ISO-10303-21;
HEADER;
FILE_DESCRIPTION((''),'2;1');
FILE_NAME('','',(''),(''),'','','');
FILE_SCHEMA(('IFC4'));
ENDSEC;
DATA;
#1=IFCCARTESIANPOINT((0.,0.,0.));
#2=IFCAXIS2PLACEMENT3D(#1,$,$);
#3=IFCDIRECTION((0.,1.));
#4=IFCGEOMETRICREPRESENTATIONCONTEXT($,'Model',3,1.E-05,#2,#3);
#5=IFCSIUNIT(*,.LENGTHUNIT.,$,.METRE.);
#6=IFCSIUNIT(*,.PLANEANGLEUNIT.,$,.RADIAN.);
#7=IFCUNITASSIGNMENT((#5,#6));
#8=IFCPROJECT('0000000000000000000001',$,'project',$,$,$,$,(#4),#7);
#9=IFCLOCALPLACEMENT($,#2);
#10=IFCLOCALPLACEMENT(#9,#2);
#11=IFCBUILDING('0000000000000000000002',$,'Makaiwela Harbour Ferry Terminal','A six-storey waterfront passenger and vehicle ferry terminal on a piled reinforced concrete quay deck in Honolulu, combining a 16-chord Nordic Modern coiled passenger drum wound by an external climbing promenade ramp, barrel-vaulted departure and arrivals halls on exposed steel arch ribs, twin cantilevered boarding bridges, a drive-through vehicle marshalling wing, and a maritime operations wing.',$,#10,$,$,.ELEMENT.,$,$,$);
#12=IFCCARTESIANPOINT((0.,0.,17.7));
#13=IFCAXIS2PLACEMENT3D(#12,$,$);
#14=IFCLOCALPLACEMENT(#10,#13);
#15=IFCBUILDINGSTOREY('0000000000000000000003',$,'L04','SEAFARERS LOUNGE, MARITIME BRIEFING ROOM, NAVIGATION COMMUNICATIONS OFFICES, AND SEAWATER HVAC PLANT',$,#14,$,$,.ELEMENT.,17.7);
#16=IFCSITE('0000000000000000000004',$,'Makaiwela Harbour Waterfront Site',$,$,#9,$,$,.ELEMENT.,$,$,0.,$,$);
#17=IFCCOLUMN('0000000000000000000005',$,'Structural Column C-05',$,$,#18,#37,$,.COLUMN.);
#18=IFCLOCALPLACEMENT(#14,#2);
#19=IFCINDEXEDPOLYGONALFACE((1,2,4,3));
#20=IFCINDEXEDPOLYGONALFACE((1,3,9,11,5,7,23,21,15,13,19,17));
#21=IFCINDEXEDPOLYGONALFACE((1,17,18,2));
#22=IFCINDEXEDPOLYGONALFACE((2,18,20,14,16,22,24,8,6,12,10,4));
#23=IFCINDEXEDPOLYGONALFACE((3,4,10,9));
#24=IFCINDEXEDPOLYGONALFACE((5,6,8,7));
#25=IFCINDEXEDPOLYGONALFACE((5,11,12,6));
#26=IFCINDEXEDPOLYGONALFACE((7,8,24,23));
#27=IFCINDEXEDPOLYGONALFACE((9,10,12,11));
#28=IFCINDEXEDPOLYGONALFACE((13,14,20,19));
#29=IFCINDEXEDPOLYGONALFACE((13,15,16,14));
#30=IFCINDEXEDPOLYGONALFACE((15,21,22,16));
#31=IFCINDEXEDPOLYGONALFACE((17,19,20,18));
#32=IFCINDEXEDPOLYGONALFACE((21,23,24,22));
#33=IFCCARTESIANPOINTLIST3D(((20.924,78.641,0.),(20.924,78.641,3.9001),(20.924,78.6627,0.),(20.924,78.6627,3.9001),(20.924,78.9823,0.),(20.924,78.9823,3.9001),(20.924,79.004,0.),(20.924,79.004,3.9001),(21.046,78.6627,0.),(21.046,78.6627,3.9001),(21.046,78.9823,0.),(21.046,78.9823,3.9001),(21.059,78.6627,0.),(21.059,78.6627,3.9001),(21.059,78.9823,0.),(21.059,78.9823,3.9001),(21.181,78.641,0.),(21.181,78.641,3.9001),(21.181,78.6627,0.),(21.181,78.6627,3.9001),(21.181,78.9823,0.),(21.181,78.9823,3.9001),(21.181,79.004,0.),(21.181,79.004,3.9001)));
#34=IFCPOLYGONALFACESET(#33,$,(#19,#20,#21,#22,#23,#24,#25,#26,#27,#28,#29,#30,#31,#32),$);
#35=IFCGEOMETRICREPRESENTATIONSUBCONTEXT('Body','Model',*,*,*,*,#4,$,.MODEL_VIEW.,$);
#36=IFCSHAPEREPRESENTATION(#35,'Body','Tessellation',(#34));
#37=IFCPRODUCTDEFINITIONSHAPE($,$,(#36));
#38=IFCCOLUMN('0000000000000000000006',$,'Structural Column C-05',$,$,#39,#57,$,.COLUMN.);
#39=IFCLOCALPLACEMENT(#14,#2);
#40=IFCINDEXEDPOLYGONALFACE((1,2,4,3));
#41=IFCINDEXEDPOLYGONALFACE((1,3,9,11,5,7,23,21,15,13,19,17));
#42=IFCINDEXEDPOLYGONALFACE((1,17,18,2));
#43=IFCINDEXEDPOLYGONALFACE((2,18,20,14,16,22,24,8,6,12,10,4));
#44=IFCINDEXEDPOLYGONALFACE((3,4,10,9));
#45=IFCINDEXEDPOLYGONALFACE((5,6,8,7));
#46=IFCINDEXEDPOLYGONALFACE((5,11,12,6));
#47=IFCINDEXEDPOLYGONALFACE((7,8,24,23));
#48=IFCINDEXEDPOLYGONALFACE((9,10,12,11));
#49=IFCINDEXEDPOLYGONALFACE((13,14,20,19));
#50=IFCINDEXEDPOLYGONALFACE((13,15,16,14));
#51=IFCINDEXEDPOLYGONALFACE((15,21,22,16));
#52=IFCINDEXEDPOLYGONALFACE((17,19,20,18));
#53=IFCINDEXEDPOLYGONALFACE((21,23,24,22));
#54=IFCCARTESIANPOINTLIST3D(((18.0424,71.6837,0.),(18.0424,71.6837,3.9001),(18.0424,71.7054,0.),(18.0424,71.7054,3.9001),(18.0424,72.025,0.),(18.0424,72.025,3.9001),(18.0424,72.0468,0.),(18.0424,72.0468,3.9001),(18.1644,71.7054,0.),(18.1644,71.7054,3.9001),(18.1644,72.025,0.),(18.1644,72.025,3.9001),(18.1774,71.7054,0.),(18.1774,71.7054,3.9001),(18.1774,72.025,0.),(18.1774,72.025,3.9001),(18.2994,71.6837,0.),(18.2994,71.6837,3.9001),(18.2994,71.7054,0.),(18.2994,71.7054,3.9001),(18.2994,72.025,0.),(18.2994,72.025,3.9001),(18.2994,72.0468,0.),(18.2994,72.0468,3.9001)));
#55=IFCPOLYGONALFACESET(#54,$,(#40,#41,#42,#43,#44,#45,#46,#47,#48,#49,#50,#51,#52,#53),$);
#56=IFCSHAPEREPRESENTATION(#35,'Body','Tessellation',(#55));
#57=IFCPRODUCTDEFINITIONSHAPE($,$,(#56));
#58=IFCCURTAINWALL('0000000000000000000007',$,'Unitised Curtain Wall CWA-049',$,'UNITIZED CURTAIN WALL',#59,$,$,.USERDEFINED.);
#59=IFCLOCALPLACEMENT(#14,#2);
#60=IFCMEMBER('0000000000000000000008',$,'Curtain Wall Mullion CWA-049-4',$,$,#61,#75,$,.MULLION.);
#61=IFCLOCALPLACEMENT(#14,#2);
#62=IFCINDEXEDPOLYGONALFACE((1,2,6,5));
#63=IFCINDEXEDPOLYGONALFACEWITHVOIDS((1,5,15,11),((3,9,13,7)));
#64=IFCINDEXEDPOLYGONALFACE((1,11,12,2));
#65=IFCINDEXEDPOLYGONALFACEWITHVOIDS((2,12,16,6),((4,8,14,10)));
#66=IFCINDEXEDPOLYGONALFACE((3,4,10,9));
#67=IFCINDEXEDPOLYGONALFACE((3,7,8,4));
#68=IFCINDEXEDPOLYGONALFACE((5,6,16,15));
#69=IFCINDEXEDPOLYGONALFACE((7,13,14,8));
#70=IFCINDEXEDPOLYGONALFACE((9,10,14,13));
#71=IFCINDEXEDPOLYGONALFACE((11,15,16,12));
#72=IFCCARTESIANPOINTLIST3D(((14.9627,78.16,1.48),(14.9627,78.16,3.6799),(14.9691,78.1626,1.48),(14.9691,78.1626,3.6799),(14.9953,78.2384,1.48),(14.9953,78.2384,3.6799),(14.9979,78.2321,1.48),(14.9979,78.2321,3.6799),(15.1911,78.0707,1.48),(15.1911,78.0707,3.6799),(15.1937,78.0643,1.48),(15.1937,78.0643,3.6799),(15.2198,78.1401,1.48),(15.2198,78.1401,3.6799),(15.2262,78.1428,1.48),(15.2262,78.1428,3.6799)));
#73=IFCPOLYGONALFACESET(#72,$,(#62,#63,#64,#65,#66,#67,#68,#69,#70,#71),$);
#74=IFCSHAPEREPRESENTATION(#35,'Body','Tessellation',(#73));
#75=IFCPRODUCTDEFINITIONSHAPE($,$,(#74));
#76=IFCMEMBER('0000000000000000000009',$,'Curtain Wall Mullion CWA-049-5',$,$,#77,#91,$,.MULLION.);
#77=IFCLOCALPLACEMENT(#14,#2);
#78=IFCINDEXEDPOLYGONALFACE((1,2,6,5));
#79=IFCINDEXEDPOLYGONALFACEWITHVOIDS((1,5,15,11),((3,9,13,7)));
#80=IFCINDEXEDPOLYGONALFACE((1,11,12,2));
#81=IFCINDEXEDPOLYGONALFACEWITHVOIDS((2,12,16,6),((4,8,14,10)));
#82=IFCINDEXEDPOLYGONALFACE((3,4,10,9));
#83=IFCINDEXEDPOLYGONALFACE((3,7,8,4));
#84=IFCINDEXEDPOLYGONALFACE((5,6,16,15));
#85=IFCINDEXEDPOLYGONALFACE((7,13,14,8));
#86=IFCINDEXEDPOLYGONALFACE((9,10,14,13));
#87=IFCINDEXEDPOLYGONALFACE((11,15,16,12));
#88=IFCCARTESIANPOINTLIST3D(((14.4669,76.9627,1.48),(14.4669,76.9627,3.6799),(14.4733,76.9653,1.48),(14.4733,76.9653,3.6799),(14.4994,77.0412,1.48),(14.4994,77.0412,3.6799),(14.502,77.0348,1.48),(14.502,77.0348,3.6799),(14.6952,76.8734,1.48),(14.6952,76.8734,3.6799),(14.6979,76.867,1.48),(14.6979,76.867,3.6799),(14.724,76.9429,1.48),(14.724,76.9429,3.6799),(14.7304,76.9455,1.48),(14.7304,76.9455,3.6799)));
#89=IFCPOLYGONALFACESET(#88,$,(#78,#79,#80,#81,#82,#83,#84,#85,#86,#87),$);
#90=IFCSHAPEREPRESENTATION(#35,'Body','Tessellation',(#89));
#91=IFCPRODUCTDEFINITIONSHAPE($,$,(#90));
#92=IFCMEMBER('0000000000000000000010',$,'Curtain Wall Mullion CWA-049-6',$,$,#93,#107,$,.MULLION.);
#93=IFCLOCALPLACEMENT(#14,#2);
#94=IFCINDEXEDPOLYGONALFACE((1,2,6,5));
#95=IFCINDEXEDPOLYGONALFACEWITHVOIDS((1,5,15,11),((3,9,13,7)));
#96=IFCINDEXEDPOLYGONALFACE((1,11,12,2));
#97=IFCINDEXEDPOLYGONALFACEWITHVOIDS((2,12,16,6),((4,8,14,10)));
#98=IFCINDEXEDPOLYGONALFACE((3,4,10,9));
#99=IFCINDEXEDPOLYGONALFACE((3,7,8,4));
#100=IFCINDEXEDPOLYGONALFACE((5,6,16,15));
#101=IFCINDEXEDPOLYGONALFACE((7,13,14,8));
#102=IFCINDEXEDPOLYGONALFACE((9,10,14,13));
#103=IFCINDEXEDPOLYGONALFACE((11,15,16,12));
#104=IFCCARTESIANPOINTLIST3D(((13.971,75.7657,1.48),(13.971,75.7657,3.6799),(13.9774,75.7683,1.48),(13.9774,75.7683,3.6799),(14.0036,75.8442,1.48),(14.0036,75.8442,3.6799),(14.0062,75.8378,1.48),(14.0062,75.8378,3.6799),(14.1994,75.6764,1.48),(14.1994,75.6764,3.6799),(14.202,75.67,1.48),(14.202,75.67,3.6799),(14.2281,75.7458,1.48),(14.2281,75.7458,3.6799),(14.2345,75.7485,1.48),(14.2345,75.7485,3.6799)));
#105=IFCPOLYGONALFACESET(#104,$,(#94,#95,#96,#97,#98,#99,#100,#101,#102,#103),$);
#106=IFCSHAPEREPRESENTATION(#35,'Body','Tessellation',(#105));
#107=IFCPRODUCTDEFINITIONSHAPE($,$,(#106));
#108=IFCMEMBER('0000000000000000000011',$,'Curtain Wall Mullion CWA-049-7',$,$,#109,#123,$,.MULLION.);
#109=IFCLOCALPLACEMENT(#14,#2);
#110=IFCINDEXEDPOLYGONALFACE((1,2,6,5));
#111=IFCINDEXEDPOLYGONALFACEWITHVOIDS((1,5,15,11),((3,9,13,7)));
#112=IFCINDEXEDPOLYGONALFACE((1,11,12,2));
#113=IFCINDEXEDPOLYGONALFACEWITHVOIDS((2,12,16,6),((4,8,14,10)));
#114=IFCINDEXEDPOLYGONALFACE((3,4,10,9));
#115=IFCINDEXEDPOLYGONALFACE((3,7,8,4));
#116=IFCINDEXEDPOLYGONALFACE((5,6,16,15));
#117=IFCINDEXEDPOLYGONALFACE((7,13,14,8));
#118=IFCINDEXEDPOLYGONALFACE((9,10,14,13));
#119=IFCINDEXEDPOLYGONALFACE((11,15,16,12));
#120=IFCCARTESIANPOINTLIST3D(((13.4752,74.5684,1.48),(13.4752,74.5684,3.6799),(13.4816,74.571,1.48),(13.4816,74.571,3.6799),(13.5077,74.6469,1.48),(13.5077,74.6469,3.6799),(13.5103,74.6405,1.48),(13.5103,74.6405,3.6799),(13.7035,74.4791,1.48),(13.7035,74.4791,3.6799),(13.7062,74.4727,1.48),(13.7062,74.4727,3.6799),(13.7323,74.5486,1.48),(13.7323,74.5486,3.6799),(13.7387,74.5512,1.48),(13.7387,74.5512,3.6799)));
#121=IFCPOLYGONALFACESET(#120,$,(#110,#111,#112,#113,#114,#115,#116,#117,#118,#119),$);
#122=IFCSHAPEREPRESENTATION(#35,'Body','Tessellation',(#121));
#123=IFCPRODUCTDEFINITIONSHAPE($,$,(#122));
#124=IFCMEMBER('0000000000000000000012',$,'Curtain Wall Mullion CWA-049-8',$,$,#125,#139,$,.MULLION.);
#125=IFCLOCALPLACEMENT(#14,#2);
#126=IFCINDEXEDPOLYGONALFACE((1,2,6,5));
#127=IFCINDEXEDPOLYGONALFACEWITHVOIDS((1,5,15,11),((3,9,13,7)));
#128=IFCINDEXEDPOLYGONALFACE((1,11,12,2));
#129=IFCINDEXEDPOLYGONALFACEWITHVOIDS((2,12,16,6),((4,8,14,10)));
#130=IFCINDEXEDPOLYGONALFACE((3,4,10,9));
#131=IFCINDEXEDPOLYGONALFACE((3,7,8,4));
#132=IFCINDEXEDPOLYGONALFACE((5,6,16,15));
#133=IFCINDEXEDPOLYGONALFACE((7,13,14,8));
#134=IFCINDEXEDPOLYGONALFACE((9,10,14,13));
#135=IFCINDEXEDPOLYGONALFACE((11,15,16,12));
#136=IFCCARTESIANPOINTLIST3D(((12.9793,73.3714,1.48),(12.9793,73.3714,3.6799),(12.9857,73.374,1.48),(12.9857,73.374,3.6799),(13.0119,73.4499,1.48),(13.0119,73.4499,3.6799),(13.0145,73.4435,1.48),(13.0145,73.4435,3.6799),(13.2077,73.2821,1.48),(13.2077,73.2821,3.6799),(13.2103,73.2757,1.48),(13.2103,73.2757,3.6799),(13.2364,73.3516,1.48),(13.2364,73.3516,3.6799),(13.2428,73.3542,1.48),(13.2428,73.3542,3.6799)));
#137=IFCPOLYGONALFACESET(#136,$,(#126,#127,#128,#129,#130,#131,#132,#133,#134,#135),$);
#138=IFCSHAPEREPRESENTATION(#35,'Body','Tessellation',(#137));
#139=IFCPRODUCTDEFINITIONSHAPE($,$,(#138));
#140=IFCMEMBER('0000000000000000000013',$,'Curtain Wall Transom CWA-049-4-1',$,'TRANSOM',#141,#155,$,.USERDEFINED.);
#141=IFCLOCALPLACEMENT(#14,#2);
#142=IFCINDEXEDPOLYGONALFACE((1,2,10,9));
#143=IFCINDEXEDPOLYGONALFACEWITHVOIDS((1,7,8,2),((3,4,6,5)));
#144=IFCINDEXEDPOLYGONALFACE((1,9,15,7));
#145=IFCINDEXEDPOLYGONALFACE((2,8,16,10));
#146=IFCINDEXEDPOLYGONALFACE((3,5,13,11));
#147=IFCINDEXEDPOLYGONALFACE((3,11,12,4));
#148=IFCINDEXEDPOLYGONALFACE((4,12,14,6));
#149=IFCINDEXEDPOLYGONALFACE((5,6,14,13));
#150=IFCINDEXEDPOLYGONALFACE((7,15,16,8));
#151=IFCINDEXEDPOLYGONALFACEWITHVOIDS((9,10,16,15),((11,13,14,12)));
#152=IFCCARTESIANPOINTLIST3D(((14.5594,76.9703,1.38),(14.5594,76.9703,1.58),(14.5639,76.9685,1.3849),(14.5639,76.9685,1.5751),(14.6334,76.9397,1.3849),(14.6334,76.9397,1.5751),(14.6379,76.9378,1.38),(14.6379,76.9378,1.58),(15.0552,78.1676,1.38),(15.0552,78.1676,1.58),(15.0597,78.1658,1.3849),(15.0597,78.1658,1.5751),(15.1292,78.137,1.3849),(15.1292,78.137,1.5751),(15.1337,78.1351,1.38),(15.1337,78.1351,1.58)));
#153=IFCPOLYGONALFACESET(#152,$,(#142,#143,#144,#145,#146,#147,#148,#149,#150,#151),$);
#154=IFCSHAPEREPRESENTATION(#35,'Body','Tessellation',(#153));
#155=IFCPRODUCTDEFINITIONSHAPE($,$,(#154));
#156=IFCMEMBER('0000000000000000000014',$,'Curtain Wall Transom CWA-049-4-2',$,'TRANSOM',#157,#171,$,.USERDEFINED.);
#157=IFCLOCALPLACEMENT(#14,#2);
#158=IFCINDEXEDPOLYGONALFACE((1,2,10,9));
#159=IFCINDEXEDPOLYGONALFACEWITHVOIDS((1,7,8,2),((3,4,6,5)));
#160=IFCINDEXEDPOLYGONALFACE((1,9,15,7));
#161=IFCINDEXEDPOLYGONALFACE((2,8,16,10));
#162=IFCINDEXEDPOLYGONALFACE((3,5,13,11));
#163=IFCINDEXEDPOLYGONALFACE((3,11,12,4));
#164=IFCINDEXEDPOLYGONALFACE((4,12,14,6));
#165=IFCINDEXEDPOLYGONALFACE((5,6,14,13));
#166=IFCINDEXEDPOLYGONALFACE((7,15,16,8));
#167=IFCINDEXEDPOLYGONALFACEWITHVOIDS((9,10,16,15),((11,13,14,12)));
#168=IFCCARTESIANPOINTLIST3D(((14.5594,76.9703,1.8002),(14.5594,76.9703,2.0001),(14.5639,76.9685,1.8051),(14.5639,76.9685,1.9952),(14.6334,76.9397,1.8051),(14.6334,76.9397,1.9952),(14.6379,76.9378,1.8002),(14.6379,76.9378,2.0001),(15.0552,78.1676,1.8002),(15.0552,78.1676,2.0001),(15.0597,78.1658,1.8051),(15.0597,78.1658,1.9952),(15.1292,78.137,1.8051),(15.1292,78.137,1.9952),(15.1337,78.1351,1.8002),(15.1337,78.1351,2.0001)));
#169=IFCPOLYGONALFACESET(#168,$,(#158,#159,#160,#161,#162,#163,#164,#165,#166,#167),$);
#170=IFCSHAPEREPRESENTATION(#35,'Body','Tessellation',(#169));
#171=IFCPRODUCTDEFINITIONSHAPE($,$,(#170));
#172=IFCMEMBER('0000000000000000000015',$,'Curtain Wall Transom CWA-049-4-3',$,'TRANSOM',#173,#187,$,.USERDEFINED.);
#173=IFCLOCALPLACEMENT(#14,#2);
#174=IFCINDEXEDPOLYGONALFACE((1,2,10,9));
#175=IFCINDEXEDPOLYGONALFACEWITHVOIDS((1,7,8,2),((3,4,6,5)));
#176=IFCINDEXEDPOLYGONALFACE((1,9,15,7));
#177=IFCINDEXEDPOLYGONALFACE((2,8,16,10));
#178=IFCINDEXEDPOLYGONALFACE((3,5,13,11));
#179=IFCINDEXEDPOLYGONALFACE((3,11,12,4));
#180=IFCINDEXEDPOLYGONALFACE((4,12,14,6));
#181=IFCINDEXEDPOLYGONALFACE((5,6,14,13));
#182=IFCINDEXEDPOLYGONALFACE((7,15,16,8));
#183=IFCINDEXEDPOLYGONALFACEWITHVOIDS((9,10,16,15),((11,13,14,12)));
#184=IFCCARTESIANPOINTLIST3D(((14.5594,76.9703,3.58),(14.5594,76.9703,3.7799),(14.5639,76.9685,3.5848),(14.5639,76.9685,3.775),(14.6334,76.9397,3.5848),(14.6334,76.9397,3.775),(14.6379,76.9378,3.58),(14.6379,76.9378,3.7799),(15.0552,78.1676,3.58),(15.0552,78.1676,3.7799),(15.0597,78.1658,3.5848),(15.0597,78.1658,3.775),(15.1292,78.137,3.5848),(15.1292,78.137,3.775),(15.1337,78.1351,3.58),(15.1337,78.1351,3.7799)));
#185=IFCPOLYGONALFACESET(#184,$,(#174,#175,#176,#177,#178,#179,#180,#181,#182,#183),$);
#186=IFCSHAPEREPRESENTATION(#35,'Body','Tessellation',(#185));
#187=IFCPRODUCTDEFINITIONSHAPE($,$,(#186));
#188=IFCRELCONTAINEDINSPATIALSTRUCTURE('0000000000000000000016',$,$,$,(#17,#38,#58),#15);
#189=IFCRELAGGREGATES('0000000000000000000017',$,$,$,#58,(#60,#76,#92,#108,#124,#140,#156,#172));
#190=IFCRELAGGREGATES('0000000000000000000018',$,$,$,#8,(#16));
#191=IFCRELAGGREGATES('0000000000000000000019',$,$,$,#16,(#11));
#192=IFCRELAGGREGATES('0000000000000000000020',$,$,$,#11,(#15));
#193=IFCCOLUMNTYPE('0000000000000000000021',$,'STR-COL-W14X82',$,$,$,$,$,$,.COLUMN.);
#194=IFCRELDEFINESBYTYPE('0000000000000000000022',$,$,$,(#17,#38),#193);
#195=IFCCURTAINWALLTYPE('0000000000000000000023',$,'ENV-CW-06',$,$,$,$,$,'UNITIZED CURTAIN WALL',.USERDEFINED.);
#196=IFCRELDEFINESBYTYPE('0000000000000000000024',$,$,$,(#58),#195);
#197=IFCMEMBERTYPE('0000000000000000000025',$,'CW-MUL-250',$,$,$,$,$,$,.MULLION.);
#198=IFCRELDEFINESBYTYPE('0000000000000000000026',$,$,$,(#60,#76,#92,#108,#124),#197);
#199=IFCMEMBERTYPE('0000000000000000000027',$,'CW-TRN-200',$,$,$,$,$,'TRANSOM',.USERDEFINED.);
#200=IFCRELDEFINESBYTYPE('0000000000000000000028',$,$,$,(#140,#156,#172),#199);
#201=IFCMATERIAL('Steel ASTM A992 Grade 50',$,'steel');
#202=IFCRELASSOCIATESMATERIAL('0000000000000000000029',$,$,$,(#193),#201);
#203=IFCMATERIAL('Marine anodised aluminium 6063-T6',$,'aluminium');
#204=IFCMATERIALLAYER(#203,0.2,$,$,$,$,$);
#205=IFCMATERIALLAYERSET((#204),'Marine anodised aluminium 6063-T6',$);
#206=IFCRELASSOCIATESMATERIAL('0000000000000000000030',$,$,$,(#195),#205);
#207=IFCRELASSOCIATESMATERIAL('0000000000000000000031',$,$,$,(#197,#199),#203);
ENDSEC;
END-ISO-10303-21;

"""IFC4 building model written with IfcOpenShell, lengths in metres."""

from ifc_helpers import new_model, si_unit, direction, frame, origin, origin_2d, place, context, subcontext, project, spatial, hollow_rectangle, i_section, extrude, material, layer, layer_set, material_profile, profile_set, type_object, element, aggregate, save


model = new_model("IFC4")

# Units and contexts
model_context = context("Model", 3, precision=1e-05, world=origin(), true_north=direction((0.0, 1.0)))
body_context = subcontext(model_context, "Body", "Model", "MODEL_VIEW")
ifc_project = project(units=[si_unit("LENGTHUNIT", "METRE"), si_unit("PLANEANGLEUNIT", "RADIAN")], contexts=[model_context])

# Site, building, storey
site_placement = place(None, origin())
site = spatial("IfcSite", under=ifc_project, at=site_placement, Name="Makaiwela Harbour Waterfront Site", CompositionType="ELEMENT", RefElevation=0.0)
building_placement = place(site_placement, origin())
building = spatial("IfcBuilding", under=site, at=building_placement, Name="Makaiwela Harbour Ferry Terminal", Description="A six-storey waterfront passenger and vehicle ferry terminal on a piled reinforced concrete quay deck in Honolulu, combining a 16-chord Nordic Modern coiled passenger drum wound by an external climbing promenade ramp, barrel-vaulted departure and arrivals halls on exposed steel arch ribs, twin cantilevered boarding bridges, a drive-through vehicle marshalling wing, and a maritime operations wing.", CompositionType="ELEMENT")
storey_placement = place(building_placement, frame((0.0, 0.0, 17.7)))
storey = spatial("IfcBuildingStorey", under=building, at=storey_placement, Name="L04", Description="SEAFARERS LOUNGE, MARITIME BRIEFING ROOM, NAVIGATION COMMUNICATIONS OFFICES, AND SEAWATER HVAC PLANT", CompositionType="ELEMENT", Elevation=17.7)

# Columns
ifc_material_1 = material(Name="Steel ASTM A992 Grade 50", Category="steel")
ifc_material_profile_1 = material_profile(ifc_material_1, i_section(OverallWidth=0.2571, OverallDepth=0.363, WebThickness=0.0129, FlangeThickness=0.0217, at=origin_2d()), Name="W14X82")
ifc_profile_set_1 = profile_set([ifc_material_profile_1], Name="Steel ASTM A992 Grade 50")
column_type = type_object("IfcColumnType", Name="STR-COL-W14X82", PredefinedType="COLUMN", material=ifc_profile_set_1)
for number, where, z_axis, x_axis, name in (
    (1, (21.0525, 78.8225, 0.0), (0.0, 0.0, 1.0), (1.0, 0.0, 0.0), "Structural Column C-05"),
    (2, (18.1709, 71.8652, 0.0), (0.0, 0.0, 1.0), (1.0, 0.0, 0.0), "Structural Column C-05"),
):
    element("IfcColumn", number, at=place(storey_placement, frame(where, z_axis=z_axis, x_axis=x_axis)), inside=storey, type_object=column_type, Name=name, PredefinedType="COLUMN", context=body_context, shape_type="SweptSolid", body=[
        extrude(i_section(OverallWidth=0.2571, OverallDepth=0.363, WebThickness=0.0129, FlangeThickness=0.0217, at=origin_2d()), origin(), (0.0, 0.0, 1.0), 3.9001),
    ])

# Curtain wall, members
ifc_material_2 = material(Name="Marine anodised aluminium 6063-T6", Category="aluminium")
ifc_layer_1 = layer(ifc_material_2, 0.2)
ifc_layer_set_1 = layer_set([ifc_layer_1], Name="Marine anodised aluminium 6063-T6")
curtain_wall_type = type_object("IfcCurtainWallType", Name="ENV-CW-06", ElementType="UNITIZED CURTAIN WALL", PredefinedType="USERDEFINED", material=ifc_layer_set_1)
curtain_wall_1_placement = place(storey_placement, origin())
curtain_wall_1 = element("IfcCurtainWall", 3, at=curtain_wall_1_placement, inside=storey, type_object=curtain_wall_type, Name="Unitised Curtain Wall CWA-049", ObjectType="UNITIZED CURTAIN WALL", PredefinedType="USERDEFINED")
ifc_material_profile_2 = material_profile(ifc_material_2, hollow_rectangle(XDim=0.085, YDim=0.25, WallThickness=0.0049, at=origin_2d()), Name="CWM-250X85")
ifc_profile_set_2 = profile_set([ifc_material_profile_2], Name="Marine anodised aluminium 6063-T6")
member_type_1 = type_object("IfcMemberType", Name="CW-MUL-250", PredefinedType="MULLION", material=ifc_profile_set_2)
member_1_placement = place(storey_placement, frame((15.0945, 78.1514, 1.48), z_axis=(0.0, 0.0, 1.0), x_axis=(0.382683, 0.92388, 0.0)))
member_1 = element("IfcMember", 4, at=member_1_placement, type_object=member_type_1, Name="Curtain Wall Mullion CWA-049-4", PredefinedType="MULLION", context=body_context, shape_type="SweptSolid", body=[
    extrude(hollow_rectangle(XDim=0.085, YDim=0.25, WallThickness=0.0049, at=origin_2d()), origin(), (0.0, 0.0, 1.0), 2.2),
])
member_2_placement = place(storey_placement, frame((14.5986, 76.9541, 1.48), z_axis=(0.0, 0.0, 1.0), x_axis=(0.382683, 0.92388, 0.0)))
member_2 = element("IfcMember", 5, at=member_2_placement, type_object=member_type_1, Name="Curtain Wall Mullion CWA-049-5", PredefinedType="MULLION", context=body_context, shape_type="SweptSolid", body=[
    extrude(hollow_rectangle(XDim=0.085, YDim=0.25, WallThickness=0.0049, at=origin_2d()), origin(), (0.0, 0.0, 1.0), 2.2),
])
member_3_placement = place(storey_placement, frame((14.1028, 75.7571, 1.48), z_axis=(0.0, 0.0, 1.0), x_axis=(0.382683, 0.92388, 0.0)))
member_3 = element("IfcMember", 6, at=member_3_placement, type_object=member_type_1, Name="Curtain Wall Mullion CWA-049-6", PredefinedType="MULLION", context=body_context, shape_type="SweptSolid", body=[
    extrude(hollow_rectangle(XDim=0.085, YDim=0.25, WallThickness=0.0049, at=origin_2d()), origin(), (0.0, 0.0, 1.0), 2.2),
])
member_4_placement = place(storey_placement, frame((13.6069, 74.5598, 1.48), z_axis=(0.0, 0.0, 1.0), x_axis=(0.382683, 0.92388, 0.0)))
member_4 = element("IfcMember", 7, at=member_4_placement, type_object=member_type_1, Name="Curtain Wall Mullion CWA-049-7", PredefinedType="MULLION", context=body_context, shape_type="SweptSolid", body=[
    extrude(hollow_rectangle(XDim=0.085, YDim=0.25, WallThickness=0.0049, at=origin_2d()), origin(), (0.0, 0.0, 1.0), 2.2),
])
member_5_placement = place(storey_placement, frame((13.1111, 73.3628, 1.48), z_axis=(0.0, 0.0, 1.0), x_axis=(0.382683, 0.92388, 0.0)))
member_5 = element("IfcMember", 8, at=member_5_placement, type_object=member_type_1, Name="Curtain Wall Mullion CWA-049-8", PredefinedType="MULLION", context=body_context, shape_type="SweptSolid", body=[
    extrude(hollow_rectangle(XDim=0.085, YDim=0.25, WallThickness=0.0049, at=origin_2d()), origin(), (0.0, 0.0, 1.0), 2.2),
])
ifc_material_profile_3 = material_profile(ifc_material_2, hollow_rectangle(XDim=0.085, YDim=0.2, WallThickness=0.0049, at=origin_2d()), Name="CWT-200X85")
ifc_profile_set_3 = profile_set([ifc_material_profile_3], Name="Marine anodised aluminium 6063-T6")
member_type_2 = type_object("IfcMemberType", Name="CW-TRN-200", ElementType="TRANSOM", PredefinedType="USERDEFINED", material=ifc_profile_set_3)
member_6_placement = place(storey_placement, frame((15.0945, 78.1514, 1.48), z_axis=(-0.382635, -0.9239, 0.0), x_axis=(0.9239, -0.382635, 0.0)))
member_6 = element("IfcMember", 9, at=member_6_placement, type_object=member_type_2, Name="Curtain Wall Transom CWA-049-4-1", ObjectType="TRANSOM", PredefinedType="USERDEFINED", context=body_context, shape_type="SweptSolid", body=[
    extrude(hollow_rectangle(XDim=0.085, YDim=0.2, WallThickness=0.0049, at=origin_2d()), origin(), (0.0, 0.0, 1.0), 1.2959),
])
member_7_placement = place(storey_placement, frame((15.0945, 78.1514, 1.9001), z_axis=(-0.382635, -0.9239, 0.0), x_axis=(0.9239, -0.382635, 0.0)))
member_7 = element("IfcMember", 10, at=member_7_placement, type_object=member_type_2, Name="Curtain Wall Transom CWA-049-4-2", ObjectType="TRANSOM", PredefinedType="USERDEFINED", context=body_context, shape_type="SweptSolid", body=[
    extrude(hollow_rectangle(XDim=0.085, YDim=0.2, WallThickness=0.0049, at=origin_2d()), origin(), (0.0, 0.0, 1.0), 1.2959),
])
member_8_placement = place(storey_placement, frame((15.0945, 78.1514, 3.6799), z_axis=(-0.382635, -0.9239, 0.0), x_axis=(0.9239, -0.382635, 0.0)))
member_8 = element("IfcMember", 11, at=member_8_placement, type_object=member_type_2, Name="Curtain Wall Transom CWA-049-4-3", ObjectType="TRANSOM", PredefinedType="USERDEFINED", context=body_context, shape_type="SweptSolid", body=[
    extrude(hollow_rectangle(XDim=0.085, YDim=0.2, WallThickness=0.0049, at=origin_2d()), origin(), (0.0, 0.0, 1.0), 1.2959),
])

aggregate(curtain_wall_1, [member_1, member_2, member_3, member_4, member_5, member_6, member_7, member_8])

save(model, "model.ifc")
